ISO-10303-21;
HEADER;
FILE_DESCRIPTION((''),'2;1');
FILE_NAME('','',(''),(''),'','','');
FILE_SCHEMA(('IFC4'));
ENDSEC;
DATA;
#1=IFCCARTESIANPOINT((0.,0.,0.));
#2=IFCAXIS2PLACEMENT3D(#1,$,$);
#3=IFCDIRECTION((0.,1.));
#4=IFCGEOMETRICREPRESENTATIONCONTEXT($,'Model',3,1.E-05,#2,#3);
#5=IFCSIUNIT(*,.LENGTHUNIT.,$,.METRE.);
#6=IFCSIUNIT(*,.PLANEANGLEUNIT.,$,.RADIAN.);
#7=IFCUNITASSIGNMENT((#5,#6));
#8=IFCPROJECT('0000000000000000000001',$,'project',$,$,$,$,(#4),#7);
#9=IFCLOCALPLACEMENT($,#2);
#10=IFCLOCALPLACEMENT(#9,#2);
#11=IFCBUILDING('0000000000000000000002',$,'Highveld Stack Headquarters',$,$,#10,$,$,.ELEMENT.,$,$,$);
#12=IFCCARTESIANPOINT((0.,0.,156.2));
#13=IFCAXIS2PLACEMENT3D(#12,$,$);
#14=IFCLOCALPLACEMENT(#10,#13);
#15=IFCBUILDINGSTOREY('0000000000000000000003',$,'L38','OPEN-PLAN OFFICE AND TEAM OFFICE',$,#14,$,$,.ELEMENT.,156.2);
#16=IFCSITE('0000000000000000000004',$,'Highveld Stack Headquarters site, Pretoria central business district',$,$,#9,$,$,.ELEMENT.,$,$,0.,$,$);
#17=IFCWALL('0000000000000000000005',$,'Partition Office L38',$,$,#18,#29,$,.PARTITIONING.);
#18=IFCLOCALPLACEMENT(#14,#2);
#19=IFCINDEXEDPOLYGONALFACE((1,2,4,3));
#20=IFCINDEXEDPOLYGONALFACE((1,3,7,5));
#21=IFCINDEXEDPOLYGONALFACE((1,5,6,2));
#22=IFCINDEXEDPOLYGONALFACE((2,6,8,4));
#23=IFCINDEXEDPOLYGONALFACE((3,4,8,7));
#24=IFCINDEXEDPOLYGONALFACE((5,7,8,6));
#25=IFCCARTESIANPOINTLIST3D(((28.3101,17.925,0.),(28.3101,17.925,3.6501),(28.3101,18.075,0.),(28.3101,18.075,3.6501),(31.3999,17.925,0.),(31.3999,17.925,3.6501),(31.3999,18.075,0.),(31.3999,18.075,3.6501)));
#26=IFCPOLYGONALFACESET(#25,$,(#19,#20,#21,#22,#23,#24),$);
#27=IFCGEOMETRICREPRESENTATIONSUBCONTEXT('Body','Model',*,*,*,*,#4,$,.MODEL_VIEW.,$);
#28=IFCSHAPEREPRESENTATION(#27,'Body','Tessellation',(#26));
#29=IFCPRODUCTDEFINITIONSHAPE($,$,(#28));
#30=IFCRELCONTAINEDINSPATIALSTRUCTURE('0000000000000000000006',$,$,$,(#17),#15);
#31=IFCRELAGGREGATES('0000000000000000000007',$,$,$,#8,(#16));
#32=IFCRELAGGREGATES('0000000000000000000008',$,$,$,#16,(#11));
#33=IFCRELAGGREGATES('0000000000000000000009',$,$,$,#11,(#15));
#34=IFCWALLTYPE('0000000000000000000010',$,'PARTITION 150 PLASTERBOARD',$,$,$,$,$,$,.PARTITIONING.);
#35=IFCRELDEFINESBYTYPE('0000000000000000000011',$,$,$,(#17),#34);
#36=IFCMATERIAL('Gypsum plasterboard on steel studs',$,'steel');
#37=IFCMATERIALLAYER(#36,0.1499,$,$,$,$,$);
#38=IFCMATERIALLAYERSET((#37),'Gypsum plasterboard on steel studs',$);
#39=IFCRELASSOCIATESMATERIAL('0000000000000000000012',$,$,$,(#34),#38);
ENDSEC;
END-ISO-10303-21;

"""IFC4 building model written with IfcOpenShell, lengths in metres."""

from ifc_helpers import new_model, si_unit, direction, frame, frame_2d, origin, place, context, subcontext, project, spatial, rectangle, extrude, material, layer, layer_set, type_object, element, save


model = new_model("IFC4")

# Units and contexts
model_context = context("Model", 3, precision=1e-05, world=origin(), true_north=direction((0.0, 1.0)))
body_context = subcontext(model_context, "Body", "Model", "MODEL_VIEW")
ifc_project = project(units=[si_unit("LENGTHUNIT", "METRE"), si_unit("PLANEANGLEUNIT", "RADIAN")], contexts=[model_context])

# Site, building, storey
site_placement = place(None, origin())
site = spatial("IfcSite", under=ifc_project, at=site_placement, Name="Highveld Stack Headquarters site, Pretoria central business district", CompositionType="ELEMENT", RefElevation=0.0)
building_placement = place(site_placement, origin())
building = spatial("IfcBuilding", under=site, at=building_placement, Name="Highveld Stack Headquarters", CompositionType="ELEMENT")
storey_placement = place(building_placement, frame((0.0, 0.0, 156.2)))
storey = spatial("IfcBuildingStorey", under=building, at=storey_placement, Name="L38", Description="OPEN-PLAN OFFICE AND TEAM OFFICE", CompositionType="ELEMENT", Elevation=156.2)

# Wall
ifc_material_1 = material(Name="Gypsum plasterboard on steel studs", Category="steel")
ifc_layer_1 = layer(ifc_material_1, 0.1499)
ifc_layer_set_1 = layer_set([ifc_layer_1], Name="Gypsum plasterboard on steel studs")
wall_type = type_object("IfcWallType", Name="PARTITION 150 PLASTERBOARD", PredefinedType="PARTITIONING", material=ifc_layer_set_1)
wall_1_placement = place(storey_placement, frame((28.3101, 18.0, 0.0), z_axis=(0.0, 0.0, 1.0), x_axis=(1.0, 0.0, 0.0)))
element("IfcWall", 1, at=wall_1_placement, inside=storey, type_object=wall_type, Name="Partition Office L38", PredefinedType="PARTITIONING", context=body_context, shape_type="SweptSolid", body=[
    extrude(rectangle(XDim=3.0898, YDim=0.1499, at=frame_2d((1.5449, 0.0))), origin(), (0.0, 0.0, 1.0), 3.6501),
])

save(model, "model.ifc")
